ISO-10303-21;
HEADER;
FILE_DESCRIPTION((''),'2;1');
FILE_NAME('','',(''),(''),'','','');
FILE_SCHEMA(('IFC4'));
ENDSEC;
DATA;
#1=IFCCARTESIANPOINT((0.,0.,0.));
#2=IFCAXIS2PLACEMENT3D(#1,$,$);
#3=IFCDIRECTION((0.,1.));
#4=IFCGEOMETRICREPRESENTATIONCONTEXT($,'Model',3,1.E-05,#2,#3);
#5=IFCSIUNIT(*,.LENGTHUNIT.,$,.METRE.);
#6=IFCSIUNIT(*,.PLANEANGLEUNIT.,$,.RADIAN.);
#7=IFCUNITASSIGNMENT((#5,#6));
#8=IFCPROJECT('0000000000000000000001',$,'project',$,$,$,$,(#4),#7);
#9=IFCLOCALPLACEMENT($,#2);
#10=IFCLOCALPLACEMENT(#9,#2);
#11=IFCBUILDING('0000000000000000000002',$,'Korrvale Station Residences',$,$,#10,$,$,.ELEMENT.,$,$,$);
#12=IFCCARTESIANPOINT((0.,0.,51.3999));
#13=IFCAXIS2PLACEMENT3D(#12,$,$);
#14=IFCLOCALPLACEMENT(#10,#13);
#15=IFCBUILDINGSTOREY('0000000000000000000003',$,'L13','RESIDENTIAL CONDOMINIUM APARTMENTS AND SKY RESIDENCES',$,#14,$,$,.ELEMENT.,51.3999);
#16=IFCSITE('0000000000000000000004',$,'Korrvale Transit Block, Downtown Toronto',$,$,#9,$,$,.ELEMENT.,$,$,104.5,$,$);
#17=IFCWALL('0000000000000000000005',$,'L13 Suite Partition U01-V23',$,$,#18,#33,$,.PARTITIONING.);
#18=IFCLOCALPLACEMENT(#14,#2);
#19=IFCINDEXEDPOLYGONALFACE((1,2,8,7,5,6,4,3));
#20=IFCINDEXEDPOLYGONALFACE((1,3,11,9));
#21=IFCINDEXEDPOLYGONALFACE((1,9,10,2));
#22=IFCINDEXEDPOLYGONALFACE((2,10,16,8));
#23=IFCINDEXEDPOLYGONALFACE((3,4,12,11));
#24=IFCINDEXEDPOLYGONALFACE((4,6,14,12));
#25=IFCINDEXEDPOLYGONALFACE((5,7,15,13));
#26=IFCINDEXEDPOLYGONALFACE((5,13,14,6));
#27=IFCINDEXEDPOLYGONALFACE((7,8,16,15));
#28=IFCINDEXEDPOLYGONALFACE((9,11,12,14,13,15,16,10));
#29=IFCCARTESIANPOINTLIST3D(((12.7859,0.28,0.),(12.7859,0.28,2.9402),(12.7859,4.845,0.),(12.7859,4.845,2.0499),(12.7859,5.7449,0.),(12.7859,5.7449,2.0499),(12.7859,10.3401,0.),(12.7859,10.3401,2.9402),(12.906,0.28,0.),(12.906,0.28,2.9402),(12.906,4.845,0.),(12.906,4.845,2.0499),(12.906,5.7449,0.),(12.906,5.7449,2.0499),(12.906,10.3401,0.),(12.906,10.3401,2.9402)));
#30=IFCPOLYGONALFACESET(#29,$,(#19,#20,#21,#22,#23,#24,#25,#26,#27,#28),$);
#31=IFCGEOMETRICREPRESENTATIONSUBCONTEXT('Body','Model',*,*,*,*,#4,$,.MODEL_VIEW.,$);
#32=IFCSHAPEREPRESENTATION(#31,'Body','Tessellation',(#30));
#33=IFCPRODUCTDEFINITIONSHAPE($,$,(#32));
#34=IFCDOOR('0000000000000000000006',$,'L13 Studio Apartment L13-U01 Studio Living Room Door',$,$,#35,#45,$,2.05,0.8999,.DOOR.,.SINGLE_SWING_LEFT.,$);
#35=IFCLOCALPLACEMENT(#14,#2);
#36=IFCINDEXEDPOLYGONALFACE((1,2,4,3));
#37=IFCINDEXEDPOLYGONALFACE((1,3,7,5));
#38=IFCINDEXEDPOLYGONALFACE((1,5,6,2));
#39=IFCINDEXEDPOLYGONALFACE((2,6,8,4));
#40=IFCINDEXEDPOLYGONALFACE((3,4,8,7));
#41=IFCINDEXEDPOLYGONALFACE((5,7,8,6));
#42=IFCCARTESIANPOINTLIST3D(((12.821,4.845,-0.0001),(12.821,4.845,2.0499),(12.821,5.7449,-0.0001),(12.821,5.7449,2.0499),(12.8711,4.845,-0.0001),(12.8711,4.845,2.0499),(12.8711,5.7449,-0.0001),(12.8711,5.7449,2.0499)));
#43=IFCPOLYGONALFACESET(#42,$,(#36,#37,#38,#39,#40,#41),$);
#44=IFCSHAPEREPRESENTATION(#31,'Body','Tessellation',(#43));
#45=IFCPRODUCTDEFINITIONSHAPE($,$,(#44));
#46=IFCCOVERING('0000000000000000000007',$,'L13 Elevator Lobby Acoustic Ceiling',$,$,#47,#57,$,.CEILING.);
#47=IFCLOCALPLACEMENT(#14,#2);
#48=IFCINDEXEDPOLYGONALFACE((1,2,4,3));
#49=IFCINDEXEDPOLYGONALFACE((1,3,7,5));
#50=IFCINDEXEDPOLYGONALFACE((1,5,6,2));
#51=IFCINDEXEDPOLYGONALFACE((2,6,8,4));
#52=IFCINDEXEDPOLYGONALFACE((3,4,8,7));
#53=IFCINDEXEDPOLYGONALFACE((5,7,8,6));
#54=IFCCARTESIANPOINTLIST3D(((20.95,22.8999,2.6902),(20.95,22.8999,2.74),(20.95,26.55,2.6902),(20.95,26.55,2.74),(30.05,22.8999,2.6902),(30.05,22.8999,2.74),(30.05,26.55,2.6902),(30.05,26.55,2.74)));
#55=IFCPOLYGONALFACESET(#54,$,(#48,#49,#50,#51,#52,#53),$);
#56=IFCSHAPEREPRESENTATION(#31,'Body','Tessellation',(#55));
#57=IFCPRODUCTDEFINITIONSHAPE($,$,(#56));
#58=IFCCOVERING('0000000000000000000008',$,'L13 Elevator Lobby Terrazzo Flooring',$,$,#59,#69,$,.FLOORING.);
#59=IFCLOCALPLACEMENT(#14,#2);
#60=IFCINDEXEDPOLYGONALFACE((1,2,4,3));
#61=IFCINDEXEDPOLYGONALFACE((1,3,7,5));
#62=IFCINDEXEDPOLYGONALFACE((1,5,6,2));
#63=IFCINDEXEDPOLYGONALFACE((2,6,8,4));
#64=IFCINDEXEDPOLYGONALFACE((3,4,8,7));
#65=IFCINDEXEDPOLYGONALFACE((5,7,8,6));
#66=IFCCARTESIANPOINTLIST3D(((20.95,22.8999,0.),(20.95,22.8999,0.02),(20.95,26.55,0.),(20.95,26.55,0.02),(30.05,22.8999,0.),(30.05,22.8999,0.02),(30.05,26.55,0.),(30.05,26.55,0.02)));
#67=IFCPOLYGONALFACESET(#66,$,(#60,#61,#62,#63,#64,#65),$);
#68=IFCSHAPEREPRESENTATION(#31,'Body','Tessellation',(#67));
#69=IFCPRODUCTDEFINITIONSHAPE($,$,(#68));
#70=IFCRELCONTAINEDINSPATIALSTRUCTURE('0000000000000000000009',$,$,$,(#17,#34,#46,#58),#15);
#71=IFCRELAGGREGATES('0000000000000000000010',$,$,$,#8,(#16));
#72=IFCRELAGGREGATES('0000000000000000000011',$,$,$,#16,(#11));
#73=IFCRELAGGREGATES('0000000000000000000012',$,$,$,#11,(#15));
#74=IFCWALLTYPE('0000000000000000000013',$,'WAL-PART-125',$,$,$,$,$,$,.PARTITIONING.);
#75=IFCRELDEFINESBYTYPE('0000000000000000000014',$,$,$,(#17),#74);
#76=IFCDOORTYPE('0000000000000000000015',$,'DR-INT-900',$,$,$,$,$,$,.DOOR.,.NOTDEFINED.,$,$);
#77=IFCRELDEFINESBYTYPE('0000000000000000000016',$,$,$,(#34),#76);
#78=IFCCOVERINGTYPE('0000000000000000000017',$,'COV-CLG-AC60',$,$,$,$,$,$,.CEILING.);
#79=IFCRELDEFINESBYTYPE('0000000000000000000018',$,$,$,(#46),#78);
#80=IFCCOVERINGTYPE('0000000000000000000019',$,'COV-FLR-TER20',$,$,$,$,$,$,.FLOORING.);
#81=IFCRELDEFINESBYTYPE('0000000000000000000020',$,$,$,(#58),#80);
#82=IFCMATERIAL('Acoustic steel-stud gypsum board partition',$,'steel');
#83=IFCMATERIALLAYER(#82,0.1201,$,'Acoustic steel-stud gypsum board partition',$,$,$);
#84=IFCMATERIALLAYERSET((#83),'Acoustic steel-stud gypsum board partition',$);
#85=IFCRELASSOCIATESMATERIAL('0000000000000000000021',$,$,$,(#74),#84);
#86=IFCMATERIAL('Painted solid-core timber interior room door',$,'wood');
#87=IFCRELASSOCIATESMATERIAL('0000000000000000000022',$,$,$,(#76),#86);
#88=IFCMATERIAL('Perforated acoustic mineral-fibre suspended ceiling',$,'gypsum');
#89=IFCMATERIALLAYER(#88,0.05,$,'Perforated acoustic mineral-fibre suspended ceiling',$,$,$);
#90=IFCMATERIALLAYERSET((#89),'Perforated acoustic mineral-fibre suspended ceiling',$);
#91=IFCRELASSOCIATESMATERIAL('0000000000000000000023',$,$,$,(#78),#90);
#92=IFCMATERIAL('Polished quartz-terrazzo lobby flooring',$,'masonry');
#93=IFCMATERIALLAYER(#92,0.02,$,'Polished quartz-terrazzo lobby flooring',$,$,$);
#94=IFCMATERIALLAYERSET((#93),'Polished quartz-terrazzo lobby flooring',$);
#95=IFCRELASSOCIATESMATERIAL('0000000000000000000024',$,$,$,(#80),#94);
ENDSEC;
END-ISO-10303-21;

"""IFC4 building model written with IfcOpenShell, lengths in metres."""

from ifc_helpers import new_model, si_unit, direction, frame, frame_2d, origin, place, context, subcontext, project, spatial, polyline, rectangle, outline, extrude, material, layer, layer_set, type_object, element, fill, save


model = new_model("IFC4")

# Units and contexts
model_context = context("Model", 3, precision=1e-05, world=origin(), true_north=direction((0.0, 1.0)))
body_context = subcontext(model_context, "Body", "Model", "MODEL_VIEW")
ifc_project = project(units=[si_unit("LENGTHUNIT", "METRE"), si_unit("PLANEANGLEUNIT", "RADIAN")], contexts=[model_context])

# Site, building, storey
site_placement = place(None, origin())
site = spatial("IfcSite", under=ifc_project, at=site_placement, Name="Korrvale Transit Block, Downtown Toronto", CompositionType="ELEMENT", RefElevation=104.5)
building_placement = place(site_placement, origin())
building = spatial("IfcBuilding", under=site, at=building_placement, Name="Korrvale Station Residences", CompositionType="ELEMENT")
storey_placement = place(building_placement, frame((0.0, 0.0, 51.3999)))
storey = spatial("IfcBuildingStorey", under=building, at=storey_placement, Name="L13", Description="RESIDENTIAL CONDOMINIUM APARTMENTS AND SKY RESIDENCES", CompositionType="ELEMENT", Elevation=51.3999)

# Wall, opening, door
ifc_material_1 = material(Name="Acoustic steel-stud gypsum board partition", Category="steel")
ifc_layer_1 = layer(ifc_material_1, 0.1201, Name="Acoustic steel-stud gypsum board partition")
ifc_layer_set_1 = layer_set([ifc_layer_1], Name="Acoustic steel-stud gypsum board partition")
wall_type_1 = type_object("IfcWallType", Name="WAL-PART-125", PredefinedType="PARTITIONING", material=ifc_layer_set_1)
wall_1_placement = place(storey_placement, frame((12.8459, 0.28, 0.0), z_axis=(0.0, 0.0, 1.0), x_axis=(0.0, 1.0, 0.0)))
wall_1 = element("IfcWall", 1, at=wall_1_placement, inside=storey, type_object=wall_type_1, Name="L13 Suite Partition U01-V23", PredefinedType="PARTITIONING", context=body_context, shape_type="SweptSolid", body=[
    extrude(rectangle(XDim=10.0601, YDim=0.1201, at=frame_2d((5.03, 0.0))), origin(), (0.0, 0.0, 1.0), 2.9402),
])
opening_1_placement = place(wall_1_placement, frame((4.5649, 0.0, 0.0)))
opening_1 = element("IfcOpeningElement", 2, at=opening_1_placement, cuts=wall_1, PredefinedType="OPENING", context=body_context, shape_type="SweptSolid", body=[
    extrude(rectangle(XDim=0.8999, YDim=2.05, at=frame_2d((0.45, 1.0249))), frame((0.0, 0.0701, 0.0), z_axis=(0.0, -1.0, 0.0), x_axis=(1.0, 0.0, 0.0)), (0.0, 0.0, 1.0), 0.1401),
])
ifc_material_2 = material(Name="Painted solid-core timber interior room door", Category="wood")
door_type = type_object("IfcDoorType", Name="DR-INT-900", OperationType="NOTDEFINED", PredefinedType="DOOR", material=ifc_material_2)
door_placement = place(opening_1_placement, origin())
door = element("IfcDoor", 3, at=door_placement, inside=storey, type_object=door_type, Name="L13 Studio Apartment L13-U01 Studio Living Room Door", OperationType="SINGLE_SWING_LEFT", OverallHeight=2.05, OverallWidth=0.8999, PredefinedType="DOOR", context=body_context, shape_type="SweptSolid", body=[
    extrude(rectangle(XDim=0.8999, YDim=2.05, at=frame_2d((0.45, 1.0249))), frame((0.0, 0.0249, 0.0), z_axis=(0.0, -1.0, 0.0), x_axis=(1.0, 0.0, 0.0)), (0.0, 0.0, 1.0), 0.05),
])
fill(opening_1, door)

# Coverings
ifc_material_3 = material(Name="Perforated acoustic mineral-fibre suspended ceiling", Category="gypsum")
ifc_layer_2 = layer(ifc_material_3, 0.05, Name="Perforated acoustic mineral-fibre suspended ceiling")
ifc_layer_set_2 = layer_set([ifc_layer_2], Name="Perforated acoustic mineral-fibre suspended ceiling")
covering_type_1 = type_object("IfcCoveringType", Name="COV-CLG-AC60", PredefinedType="CEILING", material=ifc_layer_set_2)
covering_1_placement = place(storey_placement, frame((0.0, 0.0, 2.6902)))
element("IfcCovering", 4, at=covering_1_placement, inside=storey, type_object=covering_type_1, Name="L13 Elevator Lobby Acoustic Ceiling", PredefinedType="CEILING", context=body_context, shape_type="SweptSolid", body=[
    extrude(outline(polyline([(20.95, 22.8999), (30.05, 22.8999), (30.05, 26.55), (20.95, 26.55), (20.95, 22.8999)])), origin(), (0.0, 0.0, 1.0), 0.0498),
])
ifc_material_4 = material(Name="Polished quartz-terrazzo lobby flooring", Category="masonry")
ifc_layer_3 = layer(ifc_material_4, 0.02, Name="Polished quartz-terrazzo lobby flooring")
ifc_layer_set_3 = layer_set([ifc_layer_3], Name="Polished quartz-terrazzo lobby flooring")
covering_type_2 = type_object("IfcCoveringType", Name="COV-FLR-TER20", PredefinedType="FLOORING", material=ifc_layer_set_3)
covering_2_placement = place(storey_placement, origin())
element("IfcCovering", 5, at=covering_2_placement, inside=storey, type_object=covering_type_2, Name="L13 Elevator Lobby Terrazzo Flooring", PredefinedType="FLOORING", context=body_context, shape_type="SweptSolid", body=[
    extrude(outline(polyline([(20.95, 22.8999), (30.05, 22.8999), (30.05, 26.55), (20.95, 26.55), (20.95, 22.8999)])), origin(), (0.0, 0.0, 1.0), 0.02),
])

save(model, "model.ifc")
